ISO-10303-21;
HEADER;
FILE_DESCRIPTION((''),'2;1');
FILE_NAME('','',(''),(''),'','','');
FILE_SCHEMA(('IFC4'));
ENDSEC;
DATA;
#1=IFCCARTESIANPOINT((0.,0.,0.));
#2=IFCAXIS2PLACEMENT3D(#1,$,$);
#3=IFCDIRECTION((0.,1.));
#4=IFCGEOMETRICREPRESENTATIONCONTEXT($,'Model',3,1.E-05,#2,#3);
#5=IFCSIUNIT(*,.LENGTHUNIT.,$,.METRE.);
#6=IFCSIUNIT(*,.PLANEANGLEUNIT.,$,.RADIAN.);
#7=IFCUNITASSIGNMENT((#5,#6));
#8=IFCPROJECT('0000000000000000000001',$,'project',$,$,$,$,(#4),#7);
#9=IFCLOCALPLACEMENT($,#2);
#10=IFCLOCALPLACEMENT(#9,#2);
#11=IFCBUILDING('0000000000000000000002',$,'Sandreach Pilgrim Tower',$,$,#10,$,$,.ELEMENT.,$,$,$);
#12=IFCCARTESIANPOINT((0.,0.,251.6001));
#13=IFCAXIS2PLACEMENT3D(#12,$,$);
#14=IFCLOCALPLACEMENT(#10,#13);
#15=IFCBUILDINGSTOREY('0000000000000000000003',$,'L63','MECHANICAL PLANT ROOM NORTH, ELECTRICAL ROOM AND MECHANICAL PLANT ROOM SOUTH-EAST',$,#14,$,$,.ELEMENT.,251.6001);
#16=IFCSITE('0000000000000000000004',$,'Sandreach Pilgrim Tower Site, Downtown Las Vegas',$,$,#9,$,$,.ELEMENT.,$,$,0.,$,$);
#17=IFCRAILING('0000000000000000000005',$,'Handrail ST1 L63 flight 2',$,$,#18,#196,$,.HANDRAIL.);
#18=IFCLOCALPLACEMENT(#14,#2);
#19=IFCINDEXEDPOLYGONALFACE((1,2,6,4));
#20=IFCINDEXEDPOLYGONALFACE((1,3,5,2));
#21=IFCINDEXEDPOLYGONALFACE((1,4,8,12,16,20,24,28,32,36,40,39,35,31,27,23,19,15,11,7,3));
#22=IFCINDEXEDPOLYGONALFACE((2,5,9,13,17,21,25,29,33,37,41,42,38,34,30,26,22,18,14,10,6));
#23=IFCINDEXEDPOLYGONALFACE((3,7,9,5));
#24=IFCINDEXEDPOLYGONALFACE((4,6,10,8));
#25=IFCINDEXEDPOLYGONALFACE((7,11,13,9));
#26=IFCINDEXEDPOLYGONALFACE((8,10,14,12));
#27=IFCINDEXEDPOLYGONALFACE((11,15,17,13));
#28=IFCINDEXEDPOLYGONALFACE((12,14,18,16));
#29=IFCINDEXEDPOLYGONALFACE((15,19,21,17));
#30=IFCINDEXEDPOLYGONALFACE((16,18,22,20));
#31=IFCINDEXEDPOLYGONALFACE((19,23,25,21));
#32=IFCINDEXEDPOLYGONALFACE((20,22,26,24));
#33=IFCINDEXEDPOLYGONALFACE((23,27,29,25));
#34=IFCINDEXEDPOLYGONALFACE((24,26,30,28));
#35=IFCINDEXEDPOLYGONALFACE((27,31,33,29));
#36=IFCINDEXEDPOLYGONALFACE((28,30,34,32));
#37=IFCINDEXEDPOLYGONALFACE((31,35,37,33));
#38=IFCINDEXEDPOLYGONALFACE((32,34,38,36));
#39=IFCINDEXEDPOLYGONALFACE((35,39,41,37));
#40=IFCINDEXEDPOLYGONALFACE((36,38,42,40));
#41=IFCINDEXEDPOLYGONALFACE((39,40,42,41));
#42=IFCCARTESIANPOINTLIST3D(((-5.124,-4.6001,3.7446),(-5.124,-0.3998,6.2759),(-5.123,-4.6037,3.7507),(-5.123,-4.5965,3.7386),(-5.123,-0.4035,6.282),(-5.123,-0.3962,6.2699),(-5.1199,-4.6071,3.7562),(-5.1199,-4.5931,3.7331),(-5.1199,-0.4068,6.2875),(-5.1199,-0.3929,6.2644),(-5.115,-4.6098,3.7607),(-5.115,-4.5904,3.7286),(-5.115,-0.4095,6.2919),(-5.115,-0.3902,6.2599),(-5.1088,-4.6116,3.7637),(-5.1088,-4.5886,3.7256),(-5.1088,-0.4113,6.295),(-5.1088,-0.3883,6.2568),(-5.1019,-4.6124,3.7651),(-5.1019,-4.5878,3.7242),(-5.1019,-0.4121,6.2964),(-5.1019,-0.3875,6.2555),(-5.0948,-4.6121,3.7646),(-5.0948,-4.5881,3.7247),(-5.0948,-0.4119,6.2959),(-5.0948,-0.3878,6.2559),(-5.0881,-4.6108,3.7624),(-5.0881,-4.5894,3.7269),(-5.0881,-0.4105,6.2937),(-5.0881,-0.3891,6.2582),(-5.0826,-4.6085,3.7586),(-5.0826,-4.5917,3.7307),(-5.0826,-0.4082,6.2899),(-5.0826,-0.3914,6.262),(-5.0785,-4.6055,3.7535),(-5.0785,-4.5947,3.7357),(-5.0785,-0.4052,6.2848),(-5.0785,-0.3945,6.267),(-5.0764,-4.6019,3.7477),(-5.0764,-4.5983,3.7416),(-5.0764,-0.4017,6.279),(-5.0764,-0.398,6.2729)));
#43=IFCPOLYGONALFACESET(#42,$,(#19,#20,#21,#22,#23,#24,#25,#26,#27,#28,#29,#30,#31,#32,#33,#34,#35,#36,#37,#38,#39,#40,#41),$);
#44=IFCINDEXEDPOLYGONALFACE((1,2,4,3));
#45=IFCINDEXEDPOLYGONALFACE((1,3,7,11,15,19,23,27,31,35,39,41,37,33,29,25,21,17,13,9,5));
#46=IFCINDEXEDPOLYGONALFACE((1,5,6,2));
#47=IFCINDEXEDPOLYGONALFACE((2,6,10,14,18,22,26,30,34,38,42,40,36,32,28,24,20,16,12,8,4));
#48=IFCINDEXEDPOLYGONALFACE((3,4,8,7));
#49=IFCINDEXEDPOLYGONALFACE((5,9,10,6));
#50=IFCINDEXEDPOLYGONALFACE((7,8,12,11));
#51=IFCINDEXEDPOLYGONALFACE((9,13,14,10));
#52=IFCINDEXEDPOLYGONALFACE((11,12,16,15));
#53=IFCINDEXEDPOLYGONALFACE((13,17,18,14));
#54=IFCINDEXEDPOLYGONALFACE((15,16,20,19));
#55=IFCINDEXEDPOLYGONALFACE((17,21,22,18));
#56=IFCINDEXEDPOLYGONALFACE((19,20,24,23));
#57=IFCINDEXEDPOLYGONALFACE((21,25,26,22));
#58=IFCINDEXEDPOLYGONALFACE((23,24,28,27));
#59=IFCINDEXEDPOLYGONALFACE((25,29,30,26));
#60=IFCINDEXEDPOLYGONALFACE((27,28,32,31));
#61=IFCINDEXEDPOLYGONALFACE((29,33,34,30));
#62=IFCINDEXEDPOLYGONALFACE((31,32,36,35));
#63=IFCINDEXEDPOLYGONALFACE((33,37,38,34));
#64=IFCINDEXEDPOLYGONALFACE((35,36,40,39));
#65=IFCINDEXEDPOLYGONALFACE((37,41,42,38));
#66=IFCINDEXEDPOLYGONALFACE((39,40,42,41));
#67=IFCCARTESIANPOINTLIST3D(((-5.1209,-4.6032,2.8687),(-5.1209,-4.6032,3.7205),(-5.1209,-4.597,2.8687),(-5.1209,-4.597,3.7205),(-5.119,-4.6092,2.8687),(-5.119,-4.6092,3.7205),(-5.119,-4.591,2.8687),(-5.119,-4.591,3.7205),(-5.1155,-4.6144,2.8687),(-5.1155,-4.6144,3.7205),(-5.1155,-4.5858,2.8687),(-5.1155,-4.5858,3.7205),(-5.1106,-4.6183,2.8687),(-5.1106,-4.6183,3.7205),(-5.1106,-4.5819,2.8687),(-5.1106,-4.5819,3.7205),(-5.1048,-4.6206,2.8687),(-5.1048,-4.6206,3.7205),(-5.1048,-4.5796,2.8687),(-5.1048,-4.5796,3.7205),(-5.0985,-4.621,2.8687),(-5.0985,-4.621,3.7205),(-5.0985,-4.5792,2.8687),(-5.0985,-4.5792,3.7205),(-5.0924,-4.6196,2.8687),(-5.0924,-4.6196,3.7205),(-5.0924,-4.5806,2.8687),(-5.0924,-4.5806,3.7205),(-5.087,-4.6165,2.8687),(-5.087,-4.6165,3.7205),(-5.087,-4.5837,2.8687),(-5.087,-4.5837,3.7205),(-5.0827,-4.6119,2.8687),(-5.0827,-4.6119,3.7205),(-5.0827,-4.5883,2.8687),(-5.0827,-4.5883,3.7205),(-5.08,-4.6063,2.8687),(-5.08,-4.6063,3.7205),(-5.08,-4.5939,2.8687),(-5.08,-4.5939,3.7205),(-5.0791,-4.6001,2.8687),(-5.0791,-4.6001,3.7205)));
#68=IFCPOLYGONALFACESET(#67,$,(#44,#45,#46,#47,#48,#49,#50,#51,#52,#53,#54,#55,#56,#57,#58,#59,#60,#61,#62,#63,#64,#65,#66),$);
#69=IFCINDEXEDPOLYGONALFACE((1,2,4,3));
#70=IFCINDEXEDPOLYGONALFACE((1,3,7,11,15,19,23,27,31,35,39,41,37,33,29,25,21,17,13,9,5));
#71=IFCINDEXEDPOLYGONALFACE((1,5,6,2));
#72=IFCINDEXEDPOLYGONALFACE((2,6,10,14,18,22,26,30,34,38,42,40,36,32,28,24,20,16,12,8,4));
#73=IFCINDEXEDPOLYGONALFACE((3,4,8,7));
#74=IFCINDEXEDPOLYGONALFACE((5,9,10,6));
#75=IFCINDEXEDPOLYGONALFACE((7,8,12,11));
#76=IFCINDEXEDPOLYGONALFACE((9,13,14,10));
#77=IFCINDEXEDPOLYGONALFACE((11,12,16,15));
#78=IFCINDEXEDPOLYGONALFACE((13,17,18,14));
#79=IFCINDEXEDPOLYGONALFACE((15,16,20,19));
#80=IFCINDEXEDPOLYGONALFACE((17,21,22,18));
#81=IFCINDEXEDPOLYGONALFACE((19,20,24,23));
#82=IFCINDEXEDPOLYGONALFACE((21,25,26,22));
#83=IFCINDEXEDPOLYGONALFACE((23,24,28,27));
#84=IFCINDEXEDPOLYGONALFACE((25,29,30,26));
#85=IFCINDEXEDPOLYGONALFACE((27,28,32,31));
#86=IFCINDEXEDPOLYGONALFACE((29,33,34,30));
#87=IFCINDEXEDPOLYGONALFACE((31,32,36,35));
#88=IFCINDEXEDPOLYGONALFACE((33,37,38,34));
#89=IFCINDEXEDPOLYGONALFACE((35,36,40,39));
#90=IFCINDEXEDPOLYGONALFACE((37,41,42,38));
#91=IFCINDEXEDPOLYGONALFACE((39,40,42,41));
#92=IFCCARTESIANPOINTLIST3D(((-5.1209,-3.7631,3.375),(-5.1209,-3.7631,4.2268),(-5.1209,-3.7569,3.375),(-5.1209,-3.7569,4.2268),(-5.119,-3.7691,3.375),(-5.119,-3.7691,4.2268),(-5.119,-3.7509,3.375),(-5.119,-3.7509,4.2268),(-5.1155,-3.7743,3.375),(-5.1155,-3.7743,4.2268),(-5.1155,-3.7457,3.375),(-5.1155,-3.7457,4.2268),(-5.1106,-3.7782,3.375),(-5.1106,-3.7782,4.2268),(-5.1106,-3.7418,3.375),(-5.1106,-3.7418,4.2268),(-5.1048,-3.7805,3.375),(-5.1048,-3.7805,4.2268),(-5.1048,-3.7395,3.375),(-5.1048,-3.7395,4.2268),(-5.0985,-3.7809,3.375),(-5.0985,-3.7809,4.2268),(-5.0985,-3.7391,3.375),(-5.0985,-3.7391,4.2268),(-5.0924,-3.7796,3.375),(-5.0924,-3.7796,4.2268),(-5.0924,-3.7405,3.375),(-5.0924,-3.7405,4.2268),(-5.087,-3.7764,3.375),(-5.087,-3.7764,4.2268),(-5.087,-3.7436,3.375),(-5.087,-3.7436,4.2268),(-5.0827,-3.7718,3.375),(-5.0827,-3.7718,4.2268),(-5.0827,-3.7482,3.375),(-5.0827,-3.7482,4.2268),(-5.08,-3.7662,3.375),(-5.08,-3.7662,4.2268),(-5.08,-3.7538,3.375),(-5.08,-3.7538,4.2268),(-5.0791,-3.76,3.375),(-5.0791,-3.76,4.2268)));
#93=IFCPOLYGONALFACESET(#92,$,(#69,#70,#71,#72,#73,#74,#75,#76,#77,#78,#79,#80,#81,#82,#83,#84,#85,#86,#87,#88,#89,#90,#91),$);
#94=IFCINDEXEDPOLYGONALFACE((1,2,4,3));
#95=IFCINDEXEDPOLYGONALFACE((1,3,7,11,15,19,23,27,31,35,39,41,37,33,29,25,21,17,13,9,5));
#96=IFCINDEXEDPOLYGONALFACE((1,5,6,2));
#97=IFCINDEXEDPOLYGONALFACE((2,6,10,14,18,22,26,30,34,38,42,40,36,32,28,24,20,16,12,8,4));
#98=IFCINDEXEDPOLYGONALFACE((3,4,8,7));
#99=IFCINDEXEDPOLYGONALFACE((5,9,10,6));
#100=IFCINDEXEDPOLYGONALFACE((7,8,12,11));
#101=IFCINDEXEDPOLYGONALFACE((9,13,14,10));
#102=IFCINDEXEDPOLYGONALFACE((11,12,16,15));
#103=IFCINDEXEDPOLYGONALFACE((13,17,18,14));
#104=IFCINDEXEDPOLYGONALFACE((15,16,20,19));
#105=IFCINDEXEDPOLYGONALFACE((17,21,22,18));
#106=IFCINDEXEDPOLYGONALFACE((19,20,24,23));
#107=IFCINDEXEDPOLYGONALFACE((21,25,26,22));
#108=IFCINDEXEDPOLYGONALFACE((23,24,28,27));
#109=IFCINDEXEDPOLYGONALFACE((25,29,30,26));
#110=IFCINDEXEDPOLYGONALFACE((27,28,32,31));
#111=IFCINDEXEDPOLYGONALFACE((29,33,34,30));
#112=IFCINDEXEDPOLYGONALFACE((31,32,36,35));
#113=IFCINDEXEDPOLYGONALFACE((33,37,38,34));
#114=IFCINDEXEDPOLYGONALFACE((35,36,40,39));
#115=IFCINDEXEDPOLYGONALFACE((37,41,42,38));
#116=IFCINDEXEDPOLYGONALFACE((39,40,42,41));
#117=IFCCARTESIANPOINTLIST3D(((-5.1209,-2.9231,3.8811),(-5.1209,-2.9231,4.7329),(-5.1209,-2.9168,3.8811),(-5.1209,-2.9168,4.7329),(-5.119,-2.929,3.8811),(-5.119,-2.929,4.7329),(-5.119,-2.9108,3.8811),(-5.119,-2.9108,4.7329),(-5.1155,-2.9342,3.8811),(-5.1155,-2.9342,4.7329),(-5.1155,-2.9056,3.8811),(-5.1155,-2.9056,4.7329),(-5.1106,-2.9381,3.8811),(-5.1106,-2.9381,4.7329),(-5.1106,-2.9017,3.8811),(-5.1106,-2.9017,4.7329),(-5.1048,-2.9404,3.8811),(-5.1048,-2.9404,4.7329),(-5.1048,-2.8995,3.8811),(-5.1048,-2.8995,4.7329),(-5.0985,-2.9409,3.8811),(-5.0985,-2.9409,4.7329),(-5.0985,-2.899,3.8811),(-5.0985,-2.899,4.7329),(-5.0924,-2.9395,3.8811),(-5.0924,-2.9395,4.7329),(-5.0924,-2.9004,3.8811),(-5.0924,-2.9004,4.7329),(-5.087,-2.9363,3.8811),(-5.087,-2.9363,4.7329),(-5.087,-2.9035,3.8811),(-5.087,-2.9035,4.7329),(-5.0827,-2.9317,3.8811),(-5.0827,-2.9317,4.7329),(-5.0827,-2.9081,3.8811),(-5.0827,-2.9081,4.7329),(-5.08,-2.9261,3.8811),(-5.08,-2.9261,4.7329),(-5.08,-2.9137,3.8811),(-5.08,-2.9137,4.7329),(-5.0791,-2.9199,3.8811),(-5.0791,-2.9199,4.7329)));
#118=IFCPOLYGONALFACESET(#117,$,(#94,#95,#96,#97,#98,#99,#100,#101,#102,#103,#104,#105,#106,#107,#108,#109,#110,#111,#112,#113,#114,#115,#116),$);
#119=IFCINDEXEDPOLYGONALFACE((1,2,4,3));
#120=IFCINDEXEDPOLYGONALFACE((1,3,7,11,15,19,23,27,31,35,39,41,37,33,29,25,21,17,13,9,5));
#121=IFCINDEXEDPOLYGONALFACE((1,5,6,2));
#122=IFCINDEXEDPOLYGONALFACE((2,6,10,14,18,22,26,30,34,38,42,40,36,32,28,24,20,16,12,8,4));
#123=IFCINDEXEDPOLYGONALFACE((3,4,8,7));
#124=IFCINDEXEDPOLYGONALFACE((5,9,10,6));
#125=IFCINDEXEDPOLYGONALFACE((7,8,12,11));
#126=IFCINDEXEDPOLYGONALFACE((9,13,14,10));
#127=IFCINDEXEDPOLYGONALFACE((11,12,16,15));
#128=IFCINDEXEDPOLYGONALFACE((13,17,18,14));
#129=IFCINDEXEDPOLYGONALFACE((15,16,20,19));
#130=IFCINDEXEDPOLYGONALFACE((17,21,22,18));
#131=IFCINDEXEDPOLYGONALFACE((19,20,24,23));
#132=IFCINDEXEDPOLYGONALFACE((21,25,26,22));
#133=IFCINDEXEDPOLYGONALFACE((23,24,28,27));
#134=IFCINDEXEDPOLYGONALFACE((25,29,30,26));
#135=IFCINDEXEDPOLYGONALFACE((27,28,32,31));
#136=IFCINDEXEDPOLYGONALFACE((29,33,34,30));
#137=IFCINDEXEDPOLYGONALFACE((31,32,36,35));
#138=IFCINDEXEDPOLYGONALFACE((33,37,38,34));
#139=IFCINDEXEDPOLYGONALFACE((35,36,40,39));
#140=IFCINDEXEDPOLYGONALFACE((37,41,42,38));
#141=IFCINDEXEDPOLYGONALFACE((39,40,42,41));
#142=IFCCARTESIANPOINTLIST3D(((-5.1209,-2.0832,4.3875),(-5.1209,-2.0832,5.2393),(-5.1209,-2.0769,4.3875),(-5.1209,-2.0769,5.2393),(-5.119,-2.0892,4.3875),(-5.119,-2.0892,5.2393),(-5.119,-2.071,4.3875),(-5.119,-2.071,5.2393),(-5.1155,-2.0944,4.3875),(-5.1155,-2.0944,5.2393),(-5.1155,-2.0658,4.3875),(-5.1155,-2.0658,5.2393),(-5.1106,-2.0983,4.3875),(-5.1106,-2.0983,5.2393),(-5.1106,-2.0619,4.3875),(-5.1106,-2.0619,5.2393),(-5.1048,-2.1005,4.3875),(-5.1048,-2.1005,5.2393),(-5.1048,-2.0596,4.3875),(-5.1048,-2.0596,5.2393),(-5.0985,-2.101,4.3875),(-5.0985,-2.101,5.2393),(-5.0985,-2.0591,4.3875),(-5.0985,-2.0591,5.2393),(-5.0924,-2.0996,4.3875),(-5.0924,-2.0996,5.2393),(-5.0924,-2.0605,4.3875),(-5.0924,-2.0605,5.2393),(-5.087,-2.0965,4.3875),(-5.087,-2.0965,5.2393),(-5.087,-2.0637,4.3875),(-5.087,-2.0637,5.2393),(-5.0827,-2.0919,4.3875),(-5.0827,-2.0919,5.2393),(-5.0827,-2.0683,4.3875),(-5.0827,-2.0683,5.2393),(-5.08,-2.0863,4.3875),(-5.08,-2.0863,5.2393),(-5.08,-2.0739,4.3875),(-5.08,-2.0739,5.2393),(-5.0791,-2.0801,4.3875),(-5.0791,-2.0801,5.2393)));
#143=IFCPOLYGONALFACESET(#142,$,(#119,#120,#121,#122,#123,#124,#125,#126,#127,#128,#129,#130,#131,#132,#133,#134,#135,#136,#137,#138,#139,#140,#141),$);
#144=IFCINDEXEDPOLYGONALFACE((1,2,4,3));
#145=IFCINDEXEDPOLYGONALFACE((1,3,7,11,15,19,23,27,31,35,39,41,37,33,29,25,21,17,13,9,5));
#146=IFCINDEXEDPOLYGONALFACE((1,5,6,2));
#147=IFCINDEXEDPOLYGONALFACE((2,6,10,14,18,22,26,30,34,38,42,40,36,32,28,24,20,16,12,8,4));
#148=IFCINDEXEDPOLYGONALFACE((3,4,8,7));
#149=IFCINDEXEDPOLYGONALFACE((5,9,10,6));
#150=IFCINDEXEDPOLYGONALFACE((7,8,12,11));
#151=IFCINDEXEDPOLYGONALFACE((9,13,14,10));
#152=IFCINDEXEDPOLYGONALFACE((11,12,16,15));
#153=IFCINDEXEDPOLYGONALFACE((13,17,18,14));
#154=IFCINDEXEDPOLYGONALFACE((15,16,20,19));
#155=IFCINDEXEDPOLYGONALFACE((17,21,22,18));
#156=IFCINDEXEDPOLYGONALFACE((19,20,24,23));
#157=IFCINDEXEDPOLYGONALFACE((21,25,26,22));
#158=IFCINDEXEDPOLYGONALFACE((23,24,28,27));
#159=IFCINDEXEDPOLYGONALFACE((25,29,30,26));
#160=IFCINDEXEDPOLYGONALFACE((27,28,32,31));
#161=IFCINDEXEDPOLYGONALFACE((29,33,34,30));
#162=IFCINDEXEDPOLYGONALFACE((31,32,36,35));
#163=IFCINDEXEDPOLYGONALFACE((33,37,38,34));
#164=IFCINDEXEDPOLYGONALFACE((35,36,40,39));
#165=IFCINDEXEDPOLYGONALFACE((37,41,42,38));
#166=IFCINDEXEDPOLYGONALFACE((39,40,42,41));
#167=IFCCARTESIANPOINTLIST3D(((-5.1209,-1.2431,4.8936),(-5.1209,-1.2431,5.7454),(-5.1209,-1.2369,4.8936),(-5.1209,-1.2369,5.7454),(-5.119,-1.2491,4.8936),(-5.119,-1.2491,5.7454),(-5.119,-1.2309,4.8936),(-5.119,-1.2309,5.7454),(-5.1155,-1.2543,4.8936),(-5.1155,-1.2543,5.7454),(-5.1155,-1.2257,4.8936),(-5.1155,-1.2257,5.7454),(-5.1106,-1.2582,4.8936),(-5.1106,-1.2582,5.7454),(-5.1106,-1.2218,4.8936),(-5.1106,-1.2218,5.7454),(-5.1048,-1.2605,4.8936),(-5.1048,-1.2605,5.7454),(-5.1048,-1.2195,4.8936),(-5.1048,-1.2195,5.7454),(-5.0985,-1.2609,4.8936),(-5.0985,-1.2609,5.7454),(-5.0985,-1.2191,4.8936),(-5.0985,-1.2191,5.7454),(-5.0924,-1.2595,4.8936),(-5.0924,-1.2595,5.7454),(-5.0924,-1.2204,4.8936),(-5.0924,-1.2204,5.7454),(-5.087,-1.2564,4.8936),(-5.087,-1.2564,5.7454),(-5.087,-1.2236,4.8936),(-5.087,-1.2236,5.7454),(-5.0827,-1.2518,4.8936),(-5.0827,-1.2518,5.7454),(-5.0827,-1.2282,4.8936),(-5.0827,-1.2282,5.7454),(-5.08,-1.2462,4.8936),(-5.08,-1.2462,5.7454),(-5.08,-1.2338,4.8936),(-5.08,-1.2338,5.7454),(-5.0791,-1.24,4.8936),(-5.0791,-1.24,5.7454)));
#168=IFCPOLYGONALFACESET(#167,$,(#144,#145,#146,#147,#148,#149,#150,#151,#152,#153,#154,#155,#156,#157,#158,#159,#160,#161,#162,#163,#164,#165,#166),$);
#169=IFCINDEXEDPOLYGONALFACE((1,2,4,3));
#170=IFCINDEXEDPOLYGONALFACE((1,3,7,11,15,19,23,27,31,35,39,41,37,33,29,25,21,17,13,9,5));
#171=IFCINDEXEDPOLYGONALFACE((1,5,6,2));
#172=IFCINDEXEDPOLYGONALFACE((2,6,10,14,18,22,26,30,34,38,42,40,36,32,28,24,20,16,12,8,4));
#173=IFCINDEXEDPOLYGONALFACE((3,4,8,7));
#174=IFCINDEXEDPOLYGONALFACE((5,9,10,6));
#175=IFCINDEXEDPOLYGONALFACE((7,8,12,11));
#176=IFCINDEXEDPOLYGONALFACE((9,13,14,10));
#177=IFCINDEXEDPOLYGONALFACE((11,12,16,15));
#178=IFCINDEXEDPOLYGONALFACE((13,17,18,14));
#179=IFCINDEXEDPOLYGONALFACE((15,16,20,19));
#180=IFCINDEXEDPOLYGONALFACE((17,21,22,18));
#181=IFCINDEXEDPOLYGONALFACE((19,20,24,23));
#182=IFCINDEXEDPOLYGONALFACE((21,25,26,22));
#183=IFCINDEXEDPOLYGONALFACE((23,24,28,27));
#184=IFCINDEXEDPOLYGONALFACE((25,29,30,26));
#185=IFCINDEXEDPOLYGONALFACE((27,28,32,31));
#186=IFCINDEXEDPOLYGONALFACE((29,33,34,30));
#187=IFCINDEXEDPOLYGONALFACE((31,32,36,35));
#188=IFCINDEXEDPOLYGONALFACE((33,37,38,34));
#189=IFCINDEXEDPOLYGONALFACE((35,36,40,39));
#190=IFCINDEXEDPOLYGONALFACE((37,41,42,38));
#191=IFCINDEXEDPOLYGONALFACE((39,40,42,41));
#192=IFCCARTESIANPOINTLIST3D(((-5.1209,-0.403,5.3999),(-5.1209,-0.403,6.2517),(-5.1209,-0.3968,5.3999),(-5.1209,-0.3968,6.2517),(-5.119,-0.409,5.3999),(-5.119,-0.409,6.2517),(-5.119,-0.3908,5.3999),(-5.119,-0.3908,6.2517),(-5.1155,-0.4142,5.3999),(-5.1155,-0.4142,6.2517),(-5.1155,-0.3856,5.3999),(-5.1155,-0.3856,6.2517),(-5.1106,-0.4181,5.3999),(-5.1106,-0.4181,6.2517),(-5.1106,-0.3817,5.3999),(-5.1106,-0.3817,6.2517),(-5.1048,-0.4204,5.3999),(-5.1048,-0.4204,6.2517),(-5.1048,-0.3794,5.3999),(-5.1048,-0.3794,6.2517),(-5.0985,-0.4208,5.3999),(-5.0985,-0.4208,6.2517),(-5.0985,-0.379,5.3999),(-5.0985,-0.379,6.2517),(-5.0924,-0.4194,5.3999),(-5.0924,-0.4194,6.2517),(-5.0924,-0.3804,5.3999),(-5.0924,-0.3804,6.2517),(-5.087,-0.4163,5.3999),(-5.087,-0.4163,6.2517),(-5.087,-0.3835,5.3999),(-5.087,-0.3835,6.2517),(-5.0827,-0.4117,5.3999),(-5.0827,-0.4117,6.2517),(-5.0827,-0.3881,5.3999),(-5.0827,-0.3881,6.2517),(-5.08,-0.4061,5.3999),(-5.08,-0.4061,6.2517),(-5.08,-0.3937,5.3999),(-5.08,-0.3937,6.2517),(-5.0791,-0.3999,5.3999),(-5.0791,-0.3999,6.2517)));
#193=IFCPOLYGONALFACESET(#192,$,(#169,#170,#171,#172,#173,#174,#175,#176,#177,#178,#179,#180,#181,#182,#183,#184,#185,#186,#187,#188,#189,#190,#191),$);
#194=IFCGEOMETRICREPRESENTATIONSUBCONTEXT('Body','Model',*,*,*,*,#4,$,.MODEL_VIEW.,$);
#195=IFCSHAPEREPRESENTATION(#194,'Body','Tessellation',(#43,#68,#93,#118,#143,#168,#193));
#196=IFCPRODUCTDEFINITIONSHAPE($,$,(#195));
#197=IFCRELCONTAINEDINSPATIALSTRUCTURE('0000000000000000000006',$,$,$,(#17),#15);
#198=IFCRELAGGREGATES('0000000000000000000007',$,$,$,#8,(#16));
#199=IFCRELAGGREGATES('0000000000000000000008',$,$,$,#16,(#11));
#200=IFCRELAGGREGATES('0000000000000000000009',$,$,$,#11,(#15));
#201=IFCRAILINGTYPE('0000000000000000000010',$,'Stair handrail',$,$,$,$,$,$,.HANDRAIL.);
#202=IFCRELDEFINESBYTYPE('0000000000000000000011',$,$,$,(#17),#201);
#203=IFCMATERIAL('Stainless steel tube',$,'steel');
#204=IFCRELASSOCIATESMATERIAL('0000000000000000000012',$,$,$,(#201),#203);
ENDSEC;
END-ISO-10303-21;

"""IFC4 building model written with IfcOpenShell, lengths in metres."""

from ifc_helpers import new_model, si_unit, direction, frame, origin, origin_2d, place, context, subcontext, project, spatial, circle, extrude, material, type_object, element, save


model = new_model("IFC4")

# Units and contexts
model_context = context("Model", 3, precision=1e-05, world=origin(), true_north=direction((0.0, 1.0)))
body_context = subcontext(model_context, "Body", "Model", "MODEL_VIEW")
ifc_project = project(units=[si_unit("LENGTHUNIT", "METRE"), si_unit("PLANEANGLEUNIT", "RADIAN")], contexts=[model_context])

# Site, building, storey
site_placement = place(None, origin())
site = spatial("IfcSite", under=ifc_project, at=site_placement, Name="Sandreach Pilgrim Tower Site, Downtown Las Vegas", CompositionType="ELEMENT", RefElevation=0.0)
building_placement = place(site_placement, origin())
building = spatial("IfcBuilding", under=site, at=building_placement, Name="Sandreach Pilgrim Tower", CompositionType="ELEMENT")
storey_placement = place(building_placement, frame((0.0, 0.0, 251.6001)))
storey = spatial("IfcBuildingStorey", under=building, at=storey_placement, Name="L63", Description="MECHANICAL PLANT ROOM NORTH, ELECTRICAL ROOM AND MECHANICAL PLANT ROOM SOUTH-EAST", CompositionType="ELEMENT", Elevation=251.6001)

# Railing
ifc_material_1 = material(Name="Stainless steel tube", Category="steel")
railing_type = type_object("IfcRailingType", Name="Stair handrail", PredefinedType="HANDRAIL", material=ifc_material_1)
for number, where, name in (
    (1, (-5.1001, -4.6001, 2.8687), "Handrail ST1 L63 flight 2"),
):
    element("IfcRailing", number, at=place(storey_placement, frame(where)), inside=storey, type_object=railing_type, Name=name, PredefinedType="HANDRAIL", context=body_context, shape_type="SweptSolid", body=[
        extrude(circle(Radius=0.0239, at=origin_2d()), frame((0.0, 0.0, 0.876), z_axis=(0.0, 0.85649, 0.516164), x_axis=(-1.0, 0.0, 0.0)), (0.0, 0.0, 1.0), 4.9041),
        extrude(circle(Radius=0.021, at=origin_2d()), origin(), (0.0, 0.0, 1.0), 0.8518),
        extrude(circle(Radius=0.021, at=origin_2d()), frame((0.0, 0.8401, 0.5063)), (0.0, 0.0, 1.0), 0.8518),
        extrude(circle(Radius=0.021, at=origin_2d()), frame((0.0, 1.6802, 1.0125)), (0.0, 0.0, 1.0), 0.8518),
        extrude(circle(Radius=0.021, at=origin_2d()), frame((0.0, 2.52, 1.5188)), (0.0, 0.0, 1.0), 0.8518),
        extrude(circle(Radius=0.021, at=origin_2d()), frame((0.0, 3.3601, 2.0249)), (0.0, 0.0, 1.0), 0.8518),
        extrude(circle(Radius=0.021, at=origin_2d()), frame((0.0, 4.2002, 2.5312)), (0.0, 0.0, 1.0), 0.8518),
    ])

save(model, "model.ifc")
